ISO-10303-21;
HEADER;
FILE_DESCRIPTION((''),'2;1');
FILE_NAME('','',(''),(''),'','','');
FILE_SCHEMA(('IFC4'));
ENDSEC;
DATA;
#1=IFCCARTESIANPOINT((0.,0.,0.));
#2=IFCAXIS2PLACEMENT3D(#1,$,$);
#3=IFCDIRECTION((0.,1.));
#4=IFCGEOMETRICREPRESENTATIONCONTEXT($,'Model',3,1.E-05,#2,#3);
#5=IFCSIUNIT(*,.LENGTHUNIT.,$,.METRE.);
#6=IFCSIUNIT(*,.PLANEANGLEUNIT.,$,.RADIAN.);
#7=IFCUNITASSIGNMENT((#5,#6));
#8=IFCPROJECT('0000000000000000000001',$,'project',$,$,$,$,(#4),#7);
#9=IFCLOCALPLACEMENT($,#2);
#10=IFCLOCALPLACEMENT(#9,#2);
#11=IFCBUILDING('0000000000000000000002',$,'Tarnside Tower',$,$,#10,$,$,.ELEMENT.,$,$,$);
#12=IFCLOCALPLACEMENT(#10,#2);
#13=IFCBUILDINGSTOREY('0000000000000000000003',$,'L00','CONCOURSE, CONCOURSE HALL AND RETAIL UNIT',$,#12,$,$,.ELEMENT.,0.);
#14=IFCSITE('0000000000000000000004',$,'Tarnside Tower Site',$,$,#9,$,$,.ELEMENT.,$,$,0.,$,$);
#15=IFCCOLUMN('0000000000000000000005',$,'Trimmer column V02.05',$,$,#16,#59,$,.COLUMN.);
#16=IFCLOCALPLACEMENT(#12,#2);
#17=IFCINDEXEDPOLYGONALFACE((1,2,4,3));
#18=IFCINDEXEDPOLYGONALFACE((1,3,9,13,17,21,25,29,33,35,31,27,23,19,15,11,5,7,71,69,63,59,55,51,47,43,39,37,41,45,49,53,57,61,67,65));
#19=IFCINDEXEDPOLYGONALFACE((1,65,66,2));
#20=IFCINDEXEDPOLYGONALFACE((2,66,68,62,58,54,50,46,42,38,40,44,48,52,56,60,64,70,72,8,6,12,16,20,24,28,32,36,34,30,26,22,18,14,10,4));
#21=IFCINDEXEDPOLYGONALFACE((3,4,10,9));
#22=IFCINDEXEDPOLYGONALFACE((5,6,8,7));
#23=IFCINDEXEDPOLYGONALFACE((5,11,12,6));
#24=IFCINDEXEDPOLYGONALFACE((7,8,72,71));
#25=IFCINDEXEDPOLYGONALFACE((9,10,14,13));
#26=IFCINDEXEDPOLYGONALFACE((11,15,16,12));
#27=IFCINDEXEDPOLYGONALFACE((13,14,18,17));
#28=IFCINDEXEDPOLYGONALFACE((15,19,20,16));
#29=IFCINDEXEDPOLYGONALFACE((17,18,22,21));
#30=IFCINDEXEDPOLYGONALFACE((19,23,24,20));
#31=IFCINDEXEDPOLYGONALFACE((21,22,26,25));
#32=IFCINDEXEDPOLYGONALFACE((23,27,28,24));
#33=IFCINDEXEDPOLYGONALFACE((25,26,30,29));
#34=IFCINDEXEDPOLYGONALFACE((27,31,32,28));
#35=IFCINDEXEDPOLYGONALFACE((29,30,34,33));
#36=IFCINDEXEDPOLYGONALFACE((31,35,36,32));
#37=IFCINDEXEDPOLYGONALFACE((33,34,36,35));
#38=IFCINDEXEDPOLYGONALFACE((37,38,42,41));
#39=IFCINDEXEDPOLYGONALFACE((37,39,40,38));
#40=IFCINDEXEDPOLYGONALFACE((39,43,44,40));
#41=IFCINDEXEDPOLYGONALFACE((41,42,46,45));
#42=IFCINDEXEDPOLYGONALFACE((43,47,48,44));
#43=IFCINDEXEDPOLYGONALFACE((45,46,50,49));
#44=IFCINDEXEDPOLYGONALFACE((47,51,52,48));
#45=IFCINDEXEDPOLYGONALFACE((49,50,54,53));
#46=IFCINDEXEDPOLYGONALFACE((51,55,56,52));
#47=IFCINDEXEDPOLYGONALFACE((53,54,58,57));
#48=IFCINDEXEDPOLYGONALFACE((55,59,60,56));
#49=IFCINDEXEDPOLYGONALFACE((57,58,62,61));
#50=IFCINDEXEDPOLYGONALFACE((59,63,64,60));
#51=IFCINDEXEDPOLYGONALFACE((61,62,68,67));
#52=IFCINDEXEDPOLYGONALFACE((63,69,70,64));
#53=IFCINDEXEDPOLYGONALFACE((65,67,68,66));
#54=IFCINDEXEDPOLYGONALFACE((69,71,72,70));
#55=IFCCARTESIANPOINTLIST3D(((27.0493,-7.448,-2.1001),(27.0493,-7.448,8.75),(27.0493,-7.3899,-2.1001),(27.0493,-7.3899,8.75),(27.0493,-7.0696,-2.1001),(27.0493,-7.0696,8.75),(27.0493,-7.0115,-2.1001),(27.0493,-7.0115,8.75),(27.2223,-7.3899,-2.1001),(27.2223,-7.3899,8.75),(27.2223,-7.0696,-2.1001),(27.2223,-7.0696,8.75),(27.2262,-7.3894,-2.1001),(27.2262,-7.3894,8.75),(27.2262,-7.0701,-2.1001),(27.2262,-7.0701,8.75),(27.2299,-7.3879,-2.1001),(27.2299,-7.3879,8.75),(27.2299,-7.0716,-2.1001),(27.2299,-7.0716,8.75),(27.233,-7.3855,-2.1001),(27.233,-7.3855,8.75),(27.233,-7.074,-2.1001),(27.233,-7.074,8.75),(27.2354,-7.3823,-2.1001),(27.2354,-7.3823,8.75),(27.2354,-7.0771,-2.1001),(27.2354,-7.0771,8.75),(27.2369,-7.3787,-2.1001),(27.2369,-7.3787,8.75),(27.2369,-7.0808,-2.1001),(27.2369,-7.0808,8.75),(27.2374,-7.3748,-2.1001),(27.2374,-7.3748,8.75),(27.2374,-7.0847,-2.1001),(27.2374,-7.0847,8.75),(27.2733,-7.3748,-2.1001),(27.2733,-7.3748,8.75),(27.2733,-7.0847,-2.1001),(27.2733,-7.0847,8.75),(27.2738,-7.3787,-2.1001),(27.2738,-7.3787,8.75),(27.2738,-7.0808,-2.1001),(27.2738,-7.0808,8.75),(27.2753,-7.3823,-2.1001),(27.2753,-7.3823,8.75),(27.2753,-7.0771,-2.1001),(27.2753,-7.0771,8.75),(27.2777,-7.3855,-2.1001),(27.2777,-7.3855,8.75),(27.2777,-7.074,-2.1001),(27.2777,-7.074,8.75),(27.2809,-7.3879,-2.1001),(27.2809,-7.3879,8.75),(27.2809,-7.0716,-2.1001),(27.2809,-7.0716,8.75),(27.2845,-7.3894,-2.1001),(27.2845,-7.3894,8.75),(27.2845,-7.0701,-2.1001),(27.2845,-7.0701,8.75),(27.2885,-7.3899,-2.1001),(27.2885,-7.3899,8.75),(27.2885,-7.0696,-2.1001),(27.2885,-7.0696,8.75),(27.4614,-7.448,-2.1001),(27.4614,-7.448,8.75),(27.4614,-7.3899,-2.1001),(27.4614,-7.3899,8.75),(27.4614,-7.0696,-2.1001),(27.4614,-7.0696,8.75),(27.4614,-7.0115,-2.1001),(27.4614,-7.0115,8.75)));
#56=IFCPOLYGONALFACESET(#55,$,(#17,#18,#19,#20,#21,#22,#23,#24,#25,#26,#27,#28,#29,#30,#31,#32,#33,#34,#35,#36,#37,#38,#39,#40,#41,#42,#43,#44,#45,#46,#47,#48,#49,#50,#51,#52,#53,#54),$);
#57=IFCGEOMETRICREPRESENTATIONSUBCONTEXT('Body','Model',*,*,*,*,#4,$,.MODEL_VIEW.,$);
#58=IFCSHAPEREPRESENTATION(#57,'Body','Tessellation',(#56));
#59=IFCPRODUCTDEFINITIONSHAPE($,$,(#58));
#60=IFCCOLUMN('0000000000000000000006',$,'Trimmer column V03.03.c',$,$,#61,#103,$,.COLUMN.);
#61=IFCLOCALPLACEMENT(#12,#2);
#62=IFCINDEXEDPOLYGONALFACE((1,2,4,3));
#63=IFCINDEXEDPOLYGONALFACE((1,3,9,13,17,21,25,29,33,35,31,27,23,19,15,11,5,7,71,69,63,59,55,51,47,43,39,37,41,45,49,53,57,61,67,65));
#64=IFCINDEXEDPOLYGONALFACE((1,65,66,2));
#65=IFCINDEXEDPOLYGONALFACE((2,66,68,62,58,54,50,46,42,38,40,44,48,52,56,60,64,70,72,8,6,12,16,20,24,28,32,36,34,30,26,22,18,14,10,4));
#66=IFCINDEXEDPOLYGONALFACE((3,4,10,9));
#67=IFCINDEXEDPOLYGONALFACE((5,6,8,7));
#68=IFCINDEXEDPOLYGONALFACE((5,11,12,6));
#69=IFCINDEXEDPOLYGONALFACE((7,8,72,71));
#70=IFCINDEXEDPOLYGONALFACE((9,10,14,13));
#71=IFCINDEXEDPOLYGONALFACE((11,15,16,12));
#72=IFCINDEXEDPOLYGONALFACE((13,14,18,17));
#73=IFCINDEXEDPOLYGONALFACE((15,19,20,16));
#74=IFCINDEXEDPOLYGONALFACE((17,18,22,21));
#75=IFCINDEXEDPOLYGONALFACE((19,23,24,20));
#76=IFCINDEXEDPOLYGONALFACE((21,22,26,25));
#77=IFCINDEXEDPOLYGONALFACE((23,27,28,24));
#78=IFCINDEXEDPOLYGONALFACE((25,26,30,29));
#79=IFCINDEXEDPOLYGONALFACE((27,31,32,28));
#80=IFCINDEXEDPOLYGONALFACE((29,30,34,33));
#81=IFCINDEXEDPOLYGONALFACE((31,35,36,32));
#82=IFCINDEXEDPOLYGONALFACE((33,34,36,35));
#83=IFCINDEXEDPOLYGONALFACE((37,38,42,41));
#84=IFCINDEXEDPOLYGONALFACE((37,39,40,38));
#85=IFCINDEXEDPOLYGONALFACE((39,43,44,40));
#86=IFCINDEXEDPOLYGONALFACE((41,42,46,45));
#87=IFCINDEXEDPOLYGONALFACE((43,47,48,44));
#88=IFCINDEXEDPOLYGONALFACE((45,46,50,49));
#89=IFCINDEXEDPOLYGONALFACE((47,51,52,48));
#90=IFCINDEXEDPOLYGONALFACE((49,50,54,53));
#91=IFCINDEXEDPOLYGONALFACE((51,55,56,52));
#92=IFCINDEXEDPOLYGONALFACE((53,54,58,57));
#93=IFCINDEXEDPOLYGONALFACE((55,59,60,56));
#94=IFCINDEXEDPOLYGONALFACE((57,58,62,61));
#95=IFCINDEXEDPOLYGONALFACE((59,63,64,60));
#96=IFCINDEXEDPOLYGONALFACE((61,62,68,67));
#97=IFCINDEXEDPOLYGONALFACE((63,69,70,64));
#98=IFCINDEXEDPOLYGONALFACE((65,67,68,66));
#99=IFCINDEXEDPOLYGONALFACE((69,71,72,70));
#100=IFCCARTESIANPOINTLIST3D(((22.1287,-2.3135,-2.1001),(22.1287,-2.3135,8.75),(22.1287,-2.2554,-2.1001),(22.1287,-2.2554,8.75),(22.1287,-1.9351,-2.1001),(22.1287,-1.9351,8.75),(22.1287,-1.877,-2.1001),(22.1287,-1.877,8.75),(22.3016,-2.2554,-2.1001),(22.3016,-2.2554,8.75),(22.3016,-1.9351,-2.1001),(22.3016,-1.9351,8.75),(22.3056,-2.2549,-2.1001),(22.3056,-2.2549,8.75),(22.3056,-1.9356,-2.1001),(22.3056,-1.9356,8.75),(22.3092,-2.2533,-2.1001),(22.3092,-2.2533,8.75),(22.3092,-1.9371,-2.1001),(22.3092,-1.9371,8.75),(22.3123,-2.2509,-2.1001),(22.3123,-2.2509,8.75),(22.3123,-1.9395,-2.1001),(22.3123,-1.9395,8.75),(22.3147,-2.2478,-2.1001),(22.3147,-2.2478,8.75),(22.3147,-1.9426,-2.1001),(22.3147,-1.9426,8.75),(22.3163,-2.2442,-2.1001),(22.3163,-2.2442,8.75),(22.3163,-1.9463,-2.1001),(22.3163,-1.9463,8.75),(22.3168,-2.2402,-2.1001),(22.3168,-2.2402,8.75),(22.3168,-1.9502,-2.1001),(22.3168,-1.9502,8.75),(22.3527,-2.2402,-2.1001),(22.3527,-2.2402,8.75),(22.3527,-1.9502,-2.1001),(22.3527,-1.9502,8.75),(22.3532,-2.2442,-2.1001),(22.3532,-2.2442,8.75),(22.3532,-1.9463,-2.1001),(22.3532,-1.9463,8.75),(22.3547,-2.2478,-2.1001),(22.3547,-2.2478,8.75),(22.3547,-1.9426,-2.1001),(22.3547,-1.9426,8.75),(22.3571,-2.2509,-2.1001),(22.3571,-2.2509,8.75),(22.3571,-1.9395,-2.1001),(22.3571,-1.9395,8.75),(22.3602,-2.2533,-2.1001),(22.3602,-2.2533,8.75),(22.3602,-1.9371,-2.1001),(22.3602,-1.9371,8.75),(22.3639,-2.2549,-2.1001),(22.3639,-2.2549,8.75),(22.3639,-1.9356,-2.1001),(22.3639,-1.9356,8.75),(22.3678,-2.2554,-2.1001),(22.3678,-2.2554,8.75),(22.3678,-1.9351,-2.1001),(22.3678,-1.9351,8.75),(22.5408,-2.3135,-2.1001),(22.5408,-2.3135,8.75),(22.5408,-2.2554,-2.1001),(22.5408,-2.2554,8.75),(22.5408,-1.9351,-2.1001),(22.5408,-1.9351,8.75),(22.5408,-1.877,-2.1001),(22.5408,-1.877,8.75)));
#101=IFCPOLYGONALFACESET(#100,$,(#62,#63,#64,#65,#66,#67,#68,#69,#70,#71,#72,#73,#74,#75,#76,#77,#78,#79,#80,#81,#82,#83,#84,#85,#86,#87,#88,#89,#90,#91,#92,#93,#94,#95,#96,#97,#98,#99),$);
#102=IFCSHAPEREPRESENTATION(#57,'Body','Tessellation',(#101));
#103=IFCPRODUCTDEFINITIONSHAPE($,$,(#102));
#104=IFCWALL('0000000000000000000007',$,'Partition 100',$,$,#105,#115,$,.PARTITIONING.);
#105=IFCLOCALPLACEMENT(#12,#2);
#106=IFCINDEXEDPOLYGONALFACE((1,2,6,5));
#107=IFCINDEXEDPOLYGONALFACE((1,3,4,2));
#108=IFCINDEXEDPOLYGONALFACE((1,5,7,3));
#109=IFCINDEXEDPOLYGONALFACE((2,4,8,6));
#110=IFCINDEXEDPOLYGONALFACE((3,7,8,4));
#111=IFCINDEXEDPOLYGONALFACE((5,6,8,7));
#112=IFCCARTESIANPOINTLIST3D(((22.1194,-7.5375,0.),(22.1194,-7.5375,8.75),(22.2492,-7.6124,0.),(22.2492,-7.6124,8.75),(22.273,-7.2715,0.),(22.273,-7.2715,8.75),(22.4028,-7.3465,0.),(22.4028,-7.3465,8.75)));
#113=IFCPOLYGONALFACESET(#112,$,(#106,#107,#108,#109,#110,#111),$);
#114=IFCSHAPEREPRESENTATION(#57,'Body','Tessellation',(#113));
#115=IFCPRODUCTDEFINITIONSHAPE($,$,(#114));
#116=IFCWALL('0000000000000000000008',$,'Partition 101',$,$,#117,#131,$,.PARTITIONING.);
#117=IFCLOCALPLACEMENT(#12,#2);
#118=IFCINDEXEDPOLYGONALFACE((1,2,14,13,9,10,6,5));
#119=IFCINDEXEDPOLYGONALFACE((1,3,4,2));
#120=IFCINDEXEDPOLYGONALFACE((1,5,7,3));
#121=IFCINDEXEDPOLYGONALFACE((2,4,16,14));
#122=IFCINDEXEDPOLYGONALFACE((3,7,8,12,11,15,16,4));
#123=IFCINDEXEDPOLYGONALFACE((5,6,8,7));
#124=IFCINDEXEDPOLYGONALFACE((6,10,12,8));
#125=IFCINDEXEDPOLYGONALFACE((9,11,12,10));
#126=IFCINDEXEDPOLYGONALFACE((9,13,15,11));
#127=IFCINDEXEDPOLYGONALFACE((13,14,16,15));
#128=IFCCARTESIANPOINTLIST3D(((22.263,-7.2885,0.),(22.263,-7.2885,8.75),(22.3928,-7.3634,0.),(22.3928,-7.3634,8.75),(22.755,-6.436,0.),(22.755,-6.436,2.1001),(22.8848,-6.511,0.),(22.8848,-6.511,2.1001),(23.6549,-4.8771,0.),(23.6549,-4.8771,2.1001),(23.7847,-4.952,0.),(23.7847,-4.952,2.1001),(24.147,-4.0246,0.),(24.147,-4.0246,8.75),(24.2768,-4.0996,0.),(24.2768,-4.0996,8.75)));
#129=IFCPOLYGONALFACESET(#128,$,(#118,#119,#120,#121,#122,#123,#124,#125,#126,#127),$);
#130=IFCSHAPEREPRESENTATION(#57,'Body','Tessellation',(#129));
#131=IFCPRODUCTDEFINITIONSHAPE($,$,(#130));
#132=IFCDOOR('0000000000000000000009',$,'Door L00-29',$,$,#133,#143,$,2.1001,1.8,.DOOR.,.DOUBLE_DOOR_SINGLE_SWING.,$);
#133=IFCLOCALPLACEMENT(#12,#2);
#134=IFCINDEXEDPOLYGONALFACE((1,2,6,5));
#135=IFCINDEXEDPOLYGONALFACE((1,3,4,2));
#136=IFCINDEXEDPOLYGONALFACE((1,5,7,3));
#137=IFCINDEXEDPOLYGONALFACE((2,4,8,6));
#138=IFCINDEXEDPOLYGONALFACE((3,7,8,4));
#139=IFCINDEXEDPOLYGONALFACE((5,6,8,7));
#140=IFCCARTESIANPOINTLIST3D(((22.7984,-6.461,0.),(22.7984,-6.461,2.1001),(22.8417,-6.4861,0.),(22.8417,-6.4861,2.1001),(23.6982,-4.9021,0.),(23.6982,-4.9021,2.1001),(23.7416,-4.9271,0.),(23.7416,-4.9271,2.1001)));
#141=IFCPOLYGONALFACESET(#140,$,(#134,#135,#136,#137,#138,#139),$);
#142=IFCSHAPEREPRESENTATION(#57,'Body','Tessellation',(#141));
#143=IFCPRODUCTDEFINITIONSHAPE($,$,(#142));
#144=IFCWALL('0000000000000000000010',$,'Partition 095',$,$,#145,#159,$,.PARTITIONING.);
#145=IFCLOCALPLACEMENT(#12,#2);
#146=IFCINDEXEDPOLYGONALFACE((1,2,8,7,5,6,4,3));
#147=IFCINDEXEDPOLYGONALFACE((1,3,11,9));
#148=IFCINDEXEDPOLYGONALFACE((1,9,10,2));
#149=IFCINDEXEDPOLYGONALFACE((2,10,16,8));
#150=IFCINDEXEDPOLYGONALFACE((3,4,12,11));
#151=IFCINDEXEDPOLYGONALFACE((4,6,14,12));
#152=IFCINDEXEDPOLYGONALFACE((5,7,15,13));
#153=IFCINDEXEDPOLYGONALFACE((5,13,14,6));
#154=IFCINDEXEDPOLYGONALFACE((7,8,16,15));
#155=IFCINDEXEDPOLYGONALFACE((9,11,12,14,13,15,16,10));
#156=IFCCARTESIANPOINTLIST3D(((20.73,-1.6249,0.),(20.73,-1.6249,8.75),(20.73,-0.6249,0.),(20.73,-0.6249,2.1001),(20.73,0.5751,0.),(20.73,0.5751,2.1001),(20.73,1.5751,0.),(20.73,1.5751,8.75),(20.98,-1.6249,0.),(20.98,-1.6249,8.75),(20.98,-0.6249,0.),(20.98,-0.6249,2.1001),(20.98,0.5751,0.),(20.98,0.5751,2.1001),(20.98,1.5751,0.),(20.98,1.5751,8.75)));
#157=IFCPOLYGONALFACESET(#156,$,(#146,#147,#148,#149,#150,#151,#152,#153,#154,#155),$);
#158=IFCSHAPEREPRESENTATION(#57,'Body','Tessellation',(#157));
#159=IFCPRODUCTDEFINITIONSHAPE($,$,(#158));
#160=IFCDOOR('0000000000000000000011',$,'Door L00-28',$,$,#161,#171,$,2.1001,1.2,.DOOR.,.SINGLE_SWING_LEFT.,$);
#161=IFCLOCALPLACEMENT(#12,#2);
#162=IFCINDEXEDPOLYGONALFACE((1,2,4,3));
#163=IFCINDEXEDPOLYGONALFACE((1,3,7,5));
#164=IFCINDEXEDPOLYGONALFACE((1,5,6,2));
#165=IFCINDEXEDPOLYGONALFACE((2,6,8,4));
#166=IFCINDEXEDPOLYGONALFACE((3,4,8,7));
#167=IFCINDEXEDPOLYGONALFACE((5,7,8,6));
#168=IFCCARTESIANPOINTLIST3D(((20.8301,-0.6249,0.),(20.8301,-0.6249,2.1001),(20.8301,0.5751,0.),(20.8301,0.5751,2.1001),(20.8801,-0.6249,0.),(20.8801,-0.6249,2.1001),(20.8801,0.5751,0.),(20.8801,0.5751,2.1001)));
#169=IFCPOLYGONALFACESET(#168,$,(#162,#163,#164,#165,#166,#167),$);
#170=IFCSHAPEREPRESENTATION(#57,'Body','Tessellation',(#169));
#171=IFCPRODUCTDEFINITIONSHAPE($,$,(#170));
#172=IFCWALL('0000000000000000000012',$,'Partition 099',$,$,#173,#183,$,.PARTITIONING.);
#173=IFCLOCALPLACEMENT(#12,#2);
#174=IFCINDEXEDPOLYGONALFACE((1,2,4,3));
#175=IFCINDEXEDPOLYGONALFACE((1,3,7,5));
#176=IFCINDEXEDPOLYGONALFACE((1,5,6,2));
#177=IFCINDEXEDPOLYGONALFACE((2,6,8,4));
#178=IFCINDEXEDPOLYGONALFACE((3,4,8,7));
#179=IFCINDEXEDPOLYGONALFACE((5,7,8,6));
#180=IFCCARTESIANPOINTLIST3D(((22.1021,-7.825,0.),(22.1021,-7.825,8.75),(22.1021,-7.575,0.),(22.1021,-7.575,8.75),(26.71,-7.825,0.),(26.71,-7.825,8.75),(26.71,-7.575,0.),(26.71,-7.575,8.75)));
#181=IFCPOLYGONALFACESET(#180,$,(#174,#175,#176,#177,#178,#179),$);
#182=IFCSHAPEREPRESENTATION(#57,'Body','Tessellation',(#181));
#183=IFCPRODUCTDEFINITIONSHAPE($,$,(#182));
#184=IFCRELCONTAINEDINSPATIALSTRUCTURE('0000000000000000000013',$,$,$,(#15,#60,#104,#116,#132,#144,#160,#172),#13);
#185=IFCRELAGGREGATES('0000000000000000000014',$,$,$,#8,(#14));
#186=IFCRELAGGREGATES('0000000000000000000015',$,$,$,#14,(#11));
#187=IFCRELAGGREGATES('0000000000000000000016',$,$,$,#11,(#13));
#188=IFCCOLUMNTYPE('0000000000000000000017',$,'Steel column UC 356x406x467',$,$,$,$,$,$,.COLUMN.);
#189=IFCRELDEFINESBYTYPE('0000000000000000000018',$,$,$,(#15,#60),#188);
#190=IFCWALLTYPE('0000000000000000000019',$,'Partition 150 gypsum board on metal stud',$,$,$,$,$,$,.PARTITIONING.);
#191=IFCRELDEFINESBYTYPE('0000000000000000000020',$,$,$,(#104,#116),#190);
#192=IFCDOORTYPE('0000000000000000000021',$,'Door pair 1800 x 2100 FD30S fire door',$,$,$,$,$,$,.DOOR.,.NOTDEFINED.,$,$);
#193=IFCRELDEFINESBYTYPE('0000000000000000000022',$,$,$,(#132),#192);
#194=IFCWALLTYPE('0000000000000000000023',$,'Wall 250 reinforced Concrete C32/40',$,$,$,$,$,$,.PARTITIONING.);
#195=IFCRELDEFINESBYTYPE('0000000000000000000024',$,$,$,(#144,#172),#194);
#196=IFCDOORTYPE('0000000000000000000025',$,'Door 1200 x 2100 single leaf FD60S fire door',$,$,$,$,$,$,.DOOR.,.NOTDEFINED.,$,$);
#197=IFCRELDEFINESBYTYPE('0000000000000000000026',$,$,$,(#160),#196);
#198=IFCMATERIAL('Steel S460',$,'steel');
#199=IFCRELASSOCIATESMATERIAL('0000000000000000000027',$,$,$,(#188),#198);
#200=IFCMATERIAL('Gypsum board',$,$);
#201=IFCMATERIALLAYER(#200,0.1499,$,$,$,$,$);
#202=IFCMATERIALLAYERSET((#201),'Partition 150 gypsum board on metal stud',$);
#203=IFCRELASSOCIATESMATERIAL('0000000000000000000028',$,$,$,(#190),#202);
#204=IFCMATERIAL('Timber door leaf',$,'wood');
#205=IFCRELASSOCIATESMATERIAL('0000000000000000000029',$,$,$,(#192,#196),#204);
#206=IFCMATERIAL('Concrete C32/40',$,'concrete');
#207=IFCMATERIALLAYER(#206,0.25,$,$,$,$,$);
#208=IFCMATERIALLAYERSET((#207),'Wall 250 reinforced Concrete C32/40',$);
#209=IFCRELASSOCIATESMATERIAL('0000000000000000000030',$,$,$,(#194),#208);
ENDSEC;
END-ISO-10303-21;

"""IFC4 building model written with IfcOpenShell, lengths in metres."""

from ifc_helpers import new_model, si_unit, direction, frame, frame_2d, origin, origin_2d, place, context, subcontext, project, spatial, rectangle, i_section, extrude, material, layer, layer_set, material_profile, profile_set, type_object, element, fill, save


model = new_model("IFC4")

# Units and contexts
model_context = context("Model", 3, precision=1e-05, world=origin(), true_north=direction((0.0, 1.0)))
body_context = subcontext(model_context, "Body", "Model", "MODEL_VIEW")
ifc_project = project(units=[si_unit("LENGTHUNIT", "METRE"), si_unit("PLANEANGLEUNIT", "RADIAN")], contexts=[model_context])

# Site, building, storey
site_placement = place(None, origin())
site = spatial("IfcSite", under=ifc_project, at=site_placement, Name="Tarnside Tower Site", CompositionType="ELEMENT", RefElevation=0.0)
building_placement = place(site_placement, origin())
building = spatial("IfcBuilding", under=site, at=building_placement, Name="Tarnside Tower", CompositionType="ELEMENT")
storey_placement = place(building_placement, origin())
storey = spatial("IfcBuildingStorey", under=building, at=storey_placement, Name="L00", Description="CONCOURSE, CONCOURSE HALL AND RETAIL UNIT", CompositionType="ELEMENT", Elevation=0.0)

# Columns
ifc_material_1 = material(Name="Steel S460", Category="steel")
ifc_material_profile_1 = material_profile(ifc_material_1, i_section(OverallWidth=0.4121, OverallDepth=0.4365, WebThickness=0.0359, FlangeThickness=0.0581, FilletRadius=0.0151, at=origin_2d()), Name="UC 356x406x467")
ifc_profile_set_1 = profile_set([ifc_material_profile_1], Name="Steel S460")
column_type = type_object("IfcColumnType", Name="Steel column UC 356x406x467", PredefinedType="COLUMN", material=ifc_profile_set_1)
for number, where, z_axis, x_axis, name in (
    (1, (27.2554, -7.2297, -2.1001), (0.0, 0.0, 1.0), (1.0, 0.0, 0.0), "Trimmer column V02.05"),
    (2, (22.3347, -2.0952, -2.1001), (0.0, 0.0, 1.0), (1.0, 0.0, 0.0), "Trimmer column V03.03.c"),
):
    element("IfcColumn", number, at=place(storey_placement, frame(where, z_axis=z_axis, x_axis=x_axis)), inside=storey, type_object=column_type, Name=name, PredefinedType="COLUMN", context=body_context, shape_type="SweptSolid", body=[
        extrude(i_section(OverallWidth=0.4121, OverallDepth=0.4365, WebThickness=0.0359, FlangeThickness=0.0581, FilletRadius=0.0151, at=origin_2d()), origin(), (0.0, 0.0, 1.0), 10.8501),
    ])

# Wall
ifc_material_2 = material(Name="Gypsum board")
ifc_layer_1 = layer(ifc_material_2, 0.1499)
ifc_layer_set_1 = layer_set([ifc_layer_1], Name="Partition 150 gypsum board on metal stud")
wall_type_1 = type_object("IfcWallType", Name="Partition 150 gypsum board on metal stud", PredefinedType="PARTITIONING", material=ifc_layer_set_1)
wall_1_placement = place(storey_placement, frame((22.1843, -7.575, 0.0), z_axis=(0.0, 0.0, 1.0), x_axis=(0.500158, 0.865934, 0.0)))
element("IfcWall", 3, at=wall_1_placement, inside=storey, type_object=wall_type_1, Name="Partition 100", PredefinedType="PARTITIONING", context=body_context, shape_type="SweptSolid", body=[
    extrude(rectangle(XDim=0.3071, YDim=0.1499, at=frame_2d((0.1536, 0.0))), origin(), (0.0, 0.0, 1.0), 8.75),
])

# Walls, openings, doors
wall_2_placement = place(storey_placement, frame((22.3279, -7.3259, 0.0), z_axis=(0.0, 0.0, 1.0), x_axis=(0.499922, 0.86607, 0.0)))
wall_2 = element("IfcWall", 4, at=wall_2_placement, inside=storey, type_object=wall_type_1, Name="Partition 101", PredefinedType="PARTITIONING", context=body_context, shape_type="SweptSolid", body=[
    extrude(rectangle(XDim=3.7686, YDim=0.1499, at=frame_2d((1.8843, 0.0))), origin(), (0.0, 0.0, 1.0), 8.75),
])
opening_1_placement = place(wall_2_placement, frame((0.9844, 0.0, 0.0)))
opening_1 = element("IfcOpeningElement", 5, at=opening_1_placement, cuts=wall_2, PredefinedType="OPENING", context=body_context, shape_type="SweptSolid", body=[
    extrude(rectangle(XDim=1.8, YDim=2.1001, at=frame_2d((0.8999, 1.05))), frame((0.0, 0.085, 0.0), z_axis=(0.0, -1.0, 0.0), x_axis=(1.0, 0.0, 0.0)), (0.0, 0.0, 1.0), 0.1699),
])
ifc_material_3 = material(Name="Timber door leaf", Category="wood")
door_type_1 = type_object("IfcDoorType", Name="Door pair 1800 x 2100 FD30S fire door", OperationType="NOTDEFINED", PredefinedType="DOOR", material=ifc_material_3)
door_1_placement = place(opening_1_placement, origin())
door_1 = element("IfcDoor", 6, at=door_1_placement, inside=storey, type_object=door_type_1, Name="Door L00-29", OperationType="DOUBLE_DOOR_SINGLE_SWING", OverallHeight=2.1001, OverallWidth=1.8, PredefinedType="DOOR", context=body_context, shape_type="SweptSolid", body=[
    extrude(rectangle(XDim=1.8, YDim=2.1001, at=frame_2d((0.8999, 1.05))), frame((0.0, 0.0249, 0.0), z_axis=(0.0, -1.0, 0.0), x_axis=(1.0, 0.0, 0.0)), (0.0, 0.0, 1.0), 0.05),
])
fill(opening_1, door_1)
ifc_material_4 = material(Name="Concrete C32/40", Category="concrete")
ifc_layer_2 = layer(ifc_material_4, 0.25)
ifc_layer_set_2 = layer_set([ifc_layer_2], Name="Wall 250 reinforced Concrete C32/40")
wall_type_2 = type_object("IfcWallType", Name="Wall 250 reinforced Concrete C32/40", PredefinedType="PARTITIONING", material=ifc_layer_set_2)
wall_3_placement = place(storey_placement, frame((20.855, -1.625, 0.0), z_axis=(0.0, 0.0, 1.0), x_axis=(0.0, 1.0, 0.0)))
wall_3 = element("IfcWall", 7, at=wall_3_placement, inside=storey, type_object=wall_type_2, Name="Partition 095", PredefinedType="PARTITIONING", context=body_context, shape_type="SweptSolid", body=[
    extrude(rectangle(XDim=3.2, YDim=0.25, at=frame_2d((1.6001, 0.0))), origin(), (0.0, 0.0, 1.0), 8.75),
])
opening_2_placement = place(wall_3_placement, frame((1.0, 0.0, 0.0)))
opening_2 = element("IfcOpeningElement", 8, at=opening_2_placement, cuts=wall_3, PredefinedType="OPENING", context=body_context, shape_type="SweptSolid", body=[
    extrude(rectangle(XDim=1.2, YDim=2.1001, at=frame_2d((0.6001, 1.05))), frame((0.0, 0.135, 0.0), z_axis=(0.0, -1.0, 0.0), x_axis=(1.0, 0.0, 0.0)), (0.0, 0.0, 1.0), 0.27),
])
door_type_2 = type_object("IfcDoorType", Name="Door 1200 x 2100 single leaf FD60S fire door", OperationType="NOTDEFINED", PredefinedType="DOOR", material=ifc_material_3)
door_2_placement = place(opening_2_placement, origin())
door_2 = element("IfcDoor", 9, at=door_2_placement, inside=storey, type_object=door_type_2, Name="Door L00-28", OperationType="SINGLE_SWING_LEFT", OverallHeight=2.1001, OverallWidth=1.2, PredefinedType="DOOR", context=body_context, shape_type="SweptSolid", body=[
    extrude(rectangle(XDim=1.2, YDim=2.1001, at=frame_2d((0.6001, 1.05))), frame((0.0, 0.0249, 0.0), z_axis=(0.0, -1.0, 0.0), x_axis=(1.0, 0.0, 0.0)), (0.0, 0.0, 1.0), 0.05),
])
fill(opening_2, door_2)

# Wall
wall_4_placement = place(storey_placement, frame((22.1021, -7.7, 0.0), z_axis=(0.0, 0.0, 1.0), x_axis=(1.0, 0.0, 0.0)))
element("IfcWall", 10, at=wall_4_placement, inside=storey, type_object=wall_type_2, Name="Partition 099", PredefinedType="PARTITIONING", context=body_context, shape_type="SweptSolid", body=[
    extrude(rectangle(XDim=4.6079, YDim=0.25, at=frame_2d((2.304, 0.0))), origin(), (0.0, 0.0, 1.0), 8.75),
])

save(model, "model.ifc")
